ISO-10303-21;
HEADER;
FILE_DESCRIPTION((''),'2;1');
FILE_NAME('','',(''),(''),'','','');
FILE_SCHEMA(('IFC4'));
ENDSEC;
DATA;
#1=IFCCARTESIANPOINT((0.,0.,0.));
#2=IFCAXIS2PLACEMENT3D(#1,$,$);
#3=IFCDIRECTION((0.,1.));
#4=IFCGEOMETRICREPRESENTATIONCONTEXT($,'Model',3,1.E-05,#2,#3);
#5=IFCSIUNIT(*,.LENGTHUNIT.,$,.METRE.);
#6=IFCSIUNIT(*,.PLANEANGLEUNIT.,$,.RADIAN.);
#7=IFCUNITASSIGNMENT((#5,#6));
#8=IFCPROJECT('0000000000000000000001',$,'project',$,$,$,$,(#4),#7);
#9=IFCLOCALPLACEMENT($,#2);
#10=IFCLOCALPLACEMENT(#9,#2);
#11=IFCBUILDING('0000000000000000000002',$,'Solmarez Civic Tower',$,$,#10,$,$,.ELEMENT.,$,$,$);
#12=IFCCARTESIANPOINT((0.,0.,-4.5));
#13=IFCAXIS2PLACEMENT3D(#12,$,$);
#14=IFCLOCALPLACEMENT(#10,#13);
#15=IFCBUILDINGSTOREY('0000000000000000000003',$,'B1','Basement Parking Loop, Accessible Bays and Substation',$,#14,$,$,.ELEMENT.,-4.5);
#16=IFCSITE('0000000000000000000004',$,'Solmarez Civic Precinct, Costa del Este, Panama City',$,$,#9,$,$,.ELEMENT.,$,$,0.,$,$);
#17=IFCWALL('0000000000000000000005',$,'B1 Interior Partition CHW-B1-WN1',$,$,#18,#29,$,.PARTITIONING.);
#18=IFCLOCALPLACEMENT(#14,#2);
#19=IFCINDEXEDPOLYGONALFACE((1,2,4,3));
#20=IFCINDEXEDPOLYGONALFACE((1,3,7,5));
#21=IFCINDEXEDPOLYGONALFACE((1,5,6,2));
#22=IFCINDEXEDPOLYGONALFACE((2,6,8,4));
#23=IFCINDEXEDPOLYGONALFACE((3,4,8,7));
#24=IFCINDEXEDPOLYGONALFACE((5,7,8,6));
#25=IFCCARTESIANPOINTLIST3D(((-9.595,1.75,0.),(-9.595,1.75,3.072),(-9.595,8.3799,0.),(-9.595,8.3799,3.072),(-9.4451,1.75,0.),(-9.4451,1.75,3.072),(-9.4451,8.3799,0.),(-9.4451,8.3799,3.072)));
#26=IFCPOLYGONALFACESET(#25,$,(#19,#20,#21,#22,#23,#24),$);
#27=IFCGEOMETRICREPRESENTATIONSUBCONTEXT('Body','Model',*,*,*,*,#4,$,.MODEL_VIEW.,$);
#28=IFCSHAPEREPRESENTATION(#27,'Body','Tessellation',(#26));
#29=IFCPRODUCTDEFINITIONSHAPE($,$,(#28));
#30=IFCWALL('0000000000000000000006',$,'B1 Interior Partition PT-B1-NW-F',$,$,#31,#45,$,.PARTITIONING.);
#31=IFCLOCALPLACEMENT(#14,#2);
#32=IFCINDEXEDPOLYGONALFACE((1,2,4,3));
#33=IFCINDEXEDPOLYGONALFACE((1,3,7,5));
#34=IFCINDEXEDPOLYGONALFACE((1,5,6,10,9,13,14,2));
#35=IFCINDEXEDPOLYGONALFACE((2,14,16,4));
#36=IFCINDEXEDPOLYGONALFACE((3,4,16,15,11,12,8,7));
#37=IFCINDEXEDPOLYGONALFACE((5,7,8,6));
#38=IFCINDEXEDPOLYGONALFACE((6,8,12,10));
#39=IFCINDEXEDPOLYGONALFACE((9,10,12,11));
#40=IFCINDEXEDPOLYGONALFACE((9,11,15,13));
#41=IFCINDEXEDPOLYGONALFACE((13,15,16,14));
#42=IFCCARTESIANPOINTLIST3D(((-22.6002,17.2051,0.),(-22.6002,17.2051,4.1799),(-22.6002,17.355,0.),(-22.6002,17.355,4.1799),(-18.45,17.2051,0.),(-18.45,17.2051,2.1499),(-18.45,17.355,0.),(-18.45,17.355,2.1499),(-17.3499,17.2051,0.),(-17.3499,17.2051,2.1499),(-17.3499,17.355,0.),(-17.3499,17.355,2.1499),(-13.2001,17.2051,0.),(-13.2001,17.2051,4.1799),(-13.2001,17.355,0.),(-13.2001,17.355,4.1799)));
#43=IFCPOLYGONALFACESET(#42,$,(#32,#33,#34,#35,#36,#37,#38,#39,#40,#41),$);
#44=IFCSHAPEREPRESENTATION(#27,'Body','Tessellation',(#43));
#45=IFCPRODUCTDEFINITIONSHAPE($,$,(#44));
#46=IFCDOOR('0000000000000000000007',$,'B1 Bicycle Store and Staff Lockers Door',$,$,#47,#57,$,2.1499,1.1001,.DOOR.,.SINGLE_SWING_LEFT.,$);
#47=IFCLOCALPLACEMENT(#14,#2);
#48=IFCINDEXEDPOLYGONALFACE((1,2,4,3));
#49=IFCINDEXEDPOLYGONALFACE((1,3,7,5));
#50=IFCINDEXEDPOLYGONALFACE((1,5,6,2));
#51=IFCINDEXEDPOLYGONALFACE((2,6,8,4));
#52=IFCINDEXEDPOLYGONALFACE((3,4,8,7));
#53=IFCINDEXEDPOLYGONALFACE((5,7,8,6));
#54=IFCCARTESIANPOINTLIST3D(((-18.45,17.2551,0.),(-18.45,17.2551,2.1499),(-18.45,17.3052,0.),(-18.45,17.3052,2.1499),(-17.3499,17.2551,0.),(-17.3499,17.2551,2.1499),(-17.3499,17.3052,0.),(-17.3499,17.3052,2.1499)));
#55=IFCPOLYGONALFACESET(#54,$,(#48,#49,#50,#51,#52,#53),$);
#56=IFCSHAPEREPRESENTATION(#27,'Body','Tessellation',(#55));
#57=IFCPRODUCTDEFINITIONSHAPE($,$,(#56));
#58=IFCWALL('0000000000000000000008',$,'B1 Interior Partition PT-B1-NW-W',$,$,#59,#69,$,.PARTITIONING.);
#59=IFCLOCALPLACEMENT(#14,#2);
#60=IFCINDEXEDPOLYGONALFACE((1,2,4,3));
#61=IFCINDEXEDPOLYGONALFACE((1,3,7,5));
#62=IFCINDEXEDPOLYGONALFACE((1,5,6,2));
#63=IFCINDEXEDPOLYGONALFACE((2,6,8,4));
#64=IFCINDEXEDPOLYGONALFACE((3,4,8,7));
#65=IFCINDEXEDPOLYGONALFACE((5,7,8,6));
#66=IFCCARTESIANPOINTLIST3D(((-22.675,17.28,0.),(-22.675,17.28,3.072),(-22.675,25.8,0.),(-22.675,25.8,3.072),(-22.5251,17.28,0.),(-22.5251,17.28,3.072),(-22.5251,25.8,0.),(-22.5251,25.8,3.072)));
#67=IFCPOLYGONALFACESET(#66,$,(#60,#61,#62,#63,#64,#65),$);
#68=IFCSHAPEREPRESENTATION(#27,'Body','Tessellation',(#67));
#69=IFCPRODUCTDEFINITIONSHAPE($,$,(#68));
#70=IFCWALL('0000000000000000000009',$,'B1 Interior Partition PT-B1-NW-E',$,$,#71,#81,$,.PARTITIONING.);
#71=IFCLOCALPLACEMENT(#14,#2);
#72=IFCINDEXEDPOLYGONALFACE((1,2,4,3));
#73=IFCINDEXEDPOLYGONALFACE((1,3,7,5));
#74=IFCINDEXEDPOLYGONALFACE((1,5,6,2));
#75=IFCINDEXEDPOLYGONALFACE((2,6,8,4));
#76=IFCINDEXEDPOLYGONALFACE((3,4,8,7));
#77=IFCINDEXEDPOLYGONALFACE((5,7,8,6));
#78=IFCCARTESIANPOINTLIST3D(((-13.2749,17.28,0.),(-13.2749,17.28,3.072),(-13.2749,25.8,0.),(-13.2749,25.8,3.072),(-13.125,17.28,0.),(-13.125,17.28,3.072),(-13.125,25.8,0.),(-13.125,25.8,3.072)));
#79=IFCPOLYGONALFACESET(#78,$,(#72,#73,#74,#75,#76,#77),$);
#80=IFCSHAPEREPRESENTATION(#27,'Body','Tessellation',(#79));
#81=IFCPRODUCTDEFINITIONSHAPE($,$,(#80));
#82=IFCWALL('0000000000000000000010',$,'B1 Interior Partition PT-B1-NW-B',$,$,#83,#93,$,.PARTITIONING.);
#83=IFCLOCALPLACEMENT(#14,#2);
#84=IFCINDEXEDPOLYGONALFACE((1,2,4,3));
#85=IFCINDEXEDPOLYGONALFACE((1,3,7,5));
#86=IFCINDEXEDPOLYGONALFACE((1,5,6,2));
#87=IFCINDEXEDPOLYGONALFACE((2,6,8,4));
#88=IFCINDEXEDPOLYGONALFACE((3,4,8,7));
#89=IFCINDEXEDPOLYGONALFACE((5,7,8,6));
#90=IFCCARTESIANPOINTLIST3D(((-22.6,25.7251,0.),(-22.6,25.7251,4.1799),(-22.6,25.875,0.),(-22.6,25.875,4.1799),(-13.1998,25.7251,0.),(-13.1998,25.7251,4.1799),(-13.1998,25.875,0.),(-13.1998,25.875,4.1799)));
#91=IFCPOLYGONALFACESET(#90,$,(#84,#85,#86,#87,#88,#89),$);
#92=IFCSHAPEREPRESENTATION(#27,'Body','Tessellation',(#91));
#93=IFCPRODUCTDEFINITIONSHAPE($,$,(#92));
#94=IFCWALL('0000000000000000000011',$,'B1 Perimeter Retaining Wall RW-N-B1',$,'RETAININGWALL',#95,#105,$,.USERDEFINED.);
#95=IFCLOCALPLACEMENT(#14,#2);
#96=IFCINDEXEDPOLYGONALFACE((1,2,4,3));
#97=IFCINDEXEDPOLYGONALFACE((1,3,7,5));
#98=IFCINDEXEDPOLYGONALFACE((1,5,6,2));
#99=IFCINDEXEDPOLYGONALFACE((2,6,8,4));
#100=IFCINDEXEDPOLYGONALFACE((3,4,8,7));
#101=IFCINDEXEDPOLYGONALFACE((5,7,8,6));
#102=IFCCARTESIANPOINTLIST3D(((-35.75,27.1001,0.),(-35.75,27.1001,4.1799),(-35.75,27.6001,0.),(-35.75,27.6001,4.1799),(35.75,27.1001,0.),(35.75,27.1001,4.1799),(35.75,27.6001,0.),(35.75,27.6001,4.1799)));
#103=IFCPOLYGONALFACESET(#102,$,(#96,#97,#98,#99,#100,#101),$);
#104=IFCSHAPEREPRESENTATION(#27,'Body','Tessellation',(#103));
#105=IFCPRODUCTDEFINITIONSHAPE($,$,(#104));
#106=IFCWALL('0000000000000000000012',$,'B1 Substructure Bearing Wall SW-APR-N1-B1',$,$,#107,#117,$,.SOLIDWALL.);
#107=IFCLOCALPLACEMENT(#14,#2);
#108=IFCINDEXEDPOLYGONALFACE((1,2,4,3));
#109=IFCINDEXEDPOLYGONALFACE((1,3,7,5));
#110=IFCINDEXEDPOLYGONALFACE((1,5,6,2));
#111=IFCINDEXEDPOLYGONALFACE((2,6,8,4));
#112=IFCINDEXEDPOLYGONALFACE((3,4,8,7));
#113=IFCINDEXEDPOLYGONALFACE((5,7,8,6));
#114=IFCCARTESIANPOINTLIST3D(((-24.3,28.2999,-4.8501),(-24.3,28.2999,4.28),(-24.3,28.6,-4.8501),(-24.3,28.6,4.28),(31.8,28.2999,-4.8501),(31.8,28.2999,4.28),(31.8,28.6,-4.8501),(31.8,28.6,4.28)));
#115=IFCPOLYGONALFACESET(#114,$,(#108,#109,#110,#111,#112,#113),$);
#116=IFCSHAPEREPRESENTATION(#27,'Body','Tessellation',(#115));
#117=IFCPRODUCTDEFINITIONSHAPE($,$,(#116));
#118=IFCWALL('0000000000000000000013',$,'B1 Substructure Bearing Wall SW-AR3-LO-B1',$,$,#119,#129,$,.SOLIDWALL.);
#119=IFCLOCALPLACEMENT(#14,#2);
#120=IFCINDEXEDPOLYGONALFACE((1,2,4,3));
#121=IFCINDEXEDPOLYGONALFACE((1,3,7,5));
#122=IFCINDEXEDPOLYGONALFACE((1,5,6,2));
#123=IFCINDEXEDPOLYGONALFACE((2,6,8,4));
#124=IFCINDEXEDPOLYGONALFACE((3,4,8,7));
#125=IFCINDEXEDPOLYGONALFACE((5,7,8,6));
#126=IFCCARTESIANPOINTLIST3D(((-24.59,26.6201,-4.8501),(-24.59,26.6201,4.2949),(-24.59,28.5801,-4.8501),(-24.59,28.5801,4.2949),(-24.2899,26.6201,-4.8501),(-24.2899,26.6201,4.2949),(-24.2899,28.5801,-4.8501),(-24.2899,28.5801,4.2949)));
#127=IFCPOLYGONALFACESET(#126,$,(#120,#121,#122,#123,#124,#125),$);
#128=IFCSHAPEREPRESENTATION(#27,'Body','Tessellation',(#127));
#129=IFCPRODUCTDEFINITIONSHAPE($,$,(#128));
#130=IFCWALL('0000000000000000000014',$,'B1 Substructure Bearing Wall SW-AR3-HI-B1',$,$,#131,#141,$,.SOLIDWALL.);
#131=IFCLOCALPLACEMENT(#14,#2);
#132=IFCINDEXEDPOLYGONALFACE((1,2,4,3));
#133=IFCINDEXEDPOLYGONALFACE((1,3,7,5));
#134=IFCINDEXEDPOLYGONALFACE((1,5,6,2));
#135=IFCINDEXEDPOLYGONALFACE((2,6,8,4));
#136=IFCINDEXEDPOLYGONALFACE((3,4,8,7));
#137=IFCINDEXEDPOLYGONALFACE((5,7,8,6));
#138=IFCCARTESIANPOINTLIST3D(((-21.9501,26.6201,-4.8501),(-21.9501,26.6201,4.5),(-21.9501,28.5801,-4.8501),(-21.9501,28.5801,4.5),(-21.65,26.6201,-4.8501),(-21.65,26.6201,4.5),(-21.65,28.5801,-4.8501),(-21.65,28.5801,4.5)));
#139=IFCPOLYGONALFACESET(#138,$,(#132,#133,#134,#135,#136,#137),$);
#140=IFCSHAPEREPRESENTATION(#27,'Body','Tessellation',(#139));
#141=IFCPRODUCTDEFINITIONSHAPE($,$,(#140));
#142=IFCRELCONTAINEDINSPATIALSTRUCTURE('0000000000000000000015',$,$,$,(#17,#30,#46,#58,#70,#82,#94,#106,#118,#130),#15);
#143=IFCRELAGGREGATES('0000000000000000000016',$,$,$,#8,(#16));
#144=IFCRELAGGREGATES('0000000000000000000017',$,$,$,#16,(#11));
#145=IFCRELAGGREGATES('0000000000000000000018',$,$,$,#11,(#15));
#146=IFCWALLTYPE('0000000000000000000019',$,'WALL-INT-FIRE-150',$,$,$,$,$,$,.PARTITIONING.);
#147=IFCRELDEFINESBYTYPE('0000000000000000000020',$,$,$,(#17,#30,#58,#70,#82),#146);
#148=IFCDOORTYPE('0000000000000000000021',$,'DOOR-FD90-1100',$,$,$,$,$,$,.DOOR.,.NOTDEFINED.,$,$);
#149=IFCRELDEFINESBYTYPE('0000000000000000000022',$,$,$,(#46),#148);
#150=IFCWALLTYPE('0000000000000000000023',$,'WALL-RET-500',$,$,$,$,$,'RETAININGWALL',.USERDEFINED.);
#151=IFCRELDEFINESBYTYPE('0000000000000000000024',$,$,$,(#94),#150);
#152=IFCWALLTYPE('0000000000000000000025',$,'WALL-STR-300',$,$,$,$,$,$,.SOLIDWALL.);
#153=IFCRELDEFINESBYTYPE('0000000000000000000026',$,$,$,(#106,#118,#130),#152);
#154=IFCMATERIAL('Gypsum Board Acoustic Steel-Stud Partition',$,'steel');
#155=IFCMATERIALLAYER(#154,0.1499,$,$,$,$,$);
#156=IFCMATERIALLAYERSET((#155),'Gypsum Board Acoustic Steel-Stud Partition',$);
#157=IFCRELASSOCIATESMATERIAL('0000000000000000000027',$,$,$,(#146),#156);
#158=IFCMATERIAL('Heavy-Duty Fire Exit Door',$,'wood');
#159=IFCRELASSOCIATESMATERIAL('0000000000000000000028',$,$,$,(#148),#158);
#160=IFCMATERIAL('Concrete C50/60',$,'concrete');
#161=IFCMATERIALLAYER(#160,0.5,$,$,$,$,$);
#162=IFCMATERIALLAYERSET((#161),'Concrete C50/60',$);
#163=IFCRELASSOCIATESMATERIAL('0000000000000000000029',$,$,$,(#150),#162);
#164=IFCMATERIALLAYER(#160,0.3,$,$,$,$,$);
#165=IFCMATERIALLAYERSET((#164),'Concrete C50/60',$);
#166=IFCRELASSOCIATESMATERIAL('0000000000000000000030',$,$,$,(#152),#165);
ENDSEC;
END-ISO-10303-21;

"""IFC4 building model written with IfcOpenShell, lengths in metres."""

from ifc_helpers import new_model, si_unit, direction, frame, frame_2d, origin, place, context, subcontext, project, spatial, rectangle, extrude, material, layer, layer_set, type_object, element, fill, save


model = new_model("IFC4")

# Units and contexts
model_context = context("Model", 3, precision=1e-05, world=origin(), true_north=direction((0.0, 1.0)))
body_context = subcontext(model_context, "Body", "Model", "MODEL_VIEW")
ifc_project = project(units=[si_unit("LENGTHUNIT", "METRE"), si_unit("PLANEANGLEUNIT", "RADIAN")], contexts=[model_context])

# Site, building, storey
site_placement = place(None, origin())
site = spatial("IfcSite", under=ifc_project, at=site_placement, Name="Solmarez Civic Precinct, Costa del Este, Panama City", CompositionType="ELEMENT", RefElevation=0.0)
building_placement = place(site_placement, origin())
building = spatial("IfcBuilding", under=site, at=building_placement, Name="Solmarez Civic Tower", CompositionType="ELEMENT")
storey_placement = place(building_placement, frame((0.0, 0.0, -4.5)))
storey = spatial("IfcBuildingStorey", under=building, at=storey_placement, Name="B1", Description="Basement Parking Loop, Accessible Bays and Substation", CompositionType="ELEMENT", Elevation=-4.5)

# Shared definitions
ifc_material_1 = material(Name="Concrete C50/60", Category="concrete")

# Wall
ifc_material_2 = material(Name="Gypsum Board Acoustic Steel-Stud Partition", Category="steel")
ifc_layer_1 = layer(ifc_material_2, 0.1499)
ifc_layer_set_1 = layer_set([ifc_layer_1], Name="Gypsum Board Acoustic Steel-Stud Partition")
wall_type_1 = type_object("IfcWallType", Name="WALL-INT-FIRE-150", PredefinedType="PARTITIONING", material=ifc_layer_set_1)
wall_1_placement = place(storey_placement, frame((-9.52, 1.75, 0.0), z_axis=(0.0, 0.0, 1.0), x_axis=(0.0, 1.0, 0.0)))
element("IfcWall", 1, at=wall_1_placement, inside=storey, type_object=wall_type_1, Name="B1 Interior Partition CHW-B1-WN1", PredefinedType="PARTITIONING", context=body_context, shape_type="SweptSolid", body=[
    extrude(rectangle(XDim=6.6299, YDim=0.1499, at=frame_2d((3.3149, 0.0))), origin(), (0.0, 0.0, 1.0), 3.072),
])

# Wall, opening, door
wall_2_placement = place(storey_placement, frame((-13.2, 17.28, 0.0), z_axis=(0.0, 0.0, 1.0), x_axis=(-1.0, 0.0, 0.0)))
wall_2 = element("IfcWall", 2, at=wall_2_placement, inside=storey, type_object=wall_type_1, Name="B1 Interior Partition PT-B1-NW-F", PredefinedType="PARTITIONING", context=body_context, shape_type="SweptSolid", body=[
    extrude(rectangle(XDim=9.4001, YDim=0.1499, at=frame_2d((4.7002, 0.0))), origin(), (0.0, 0.0, 1.0), 4.1799),
])
opening_placement = place(wall_2_placement, frame((4.1499, 0.0, 0.0)))
opening = element("IfcOpeningElement", 3, at=opening_placement, cuts=wall_2, PredefinedType="OPENING", context=body_context, shape_type="SweptSolid", body=[
    extrude(rectangle(XDim=1.1001, YDim=2.1499, at=frame_2d((0.55, 1.075))), frame((0.0, 0.085, 0.0), z_axis=(0.0, -1.0, 0.0), x_axis=(1.0, 0.0, 0.0)), (0.0, 0.0, 1.0), 0.1699),
])
ifc_material_3 = material(Name="Heavy-Duty Fire Exit Door", Category="wood")
door_type = type_object("IfcDoorType", Name="DOOR-FD90-1100", OperationType="NOTDEFINED", PredefinedType="DOOR", material=ifc_material_3)
door_placement = place(opening_placement, origin())
door = element("IfcDoor", 4, at=door_placement, inside=storey, type_object=door_type, Name="B1 Bicycle Store and Staff Lockers Door", OperationType="SINGLE_SWING_LEFT", OverallHeight=2.1499, OverallWidth=1.1001, PredefinedType="DOOR", context=body_context, shape_type="SweptSolid", body=[
    extrude(rectangle(XDim=1.1001, YDim=2.1499, at=frame_2d((0.55, 1.075))), frame((0.0, 0.0249, 0.0), z_axis=(0.0, -1.0, 0.0), x_axis=(1.0, 0.0, 0.0)), (0.0, 0.0, 1.0), 0.05),
])
fill(opening, door)

# Walls
for number, where, z_axis, x_axis, name in (
    (5, (-22.6001, 17.28, 0.0), (0.0, 0.0, 1.0), (0.0, 1.0, 0.0), "B1 Interior Partition PT-B1-NW-W"),
    (6, (-13.2, 17.28, 0.0), (0.0, 0.0, 1.0), (0.0, 1.0, 0.0), "B1 Interior Partition PT-B1-NW-E"),
):
    element("IfcWall", number, at=place(storey_placement, frame(where, z_axis=z_axis, x_axis=x_axis)), inside=storey, type_object=wall_type_1, Name=name, PredefinedType="PARTITIONING", context=body_context, shape_type="SweptSolid", body=[
        extrude(rectangle(XDim=8.52, YDim=0.1499, at=frame_2d((4.26, 0.0))), origin(), (0.0, 0.0, 1.0), 3.072),
    ])
wall_3_placement = place(storey_placement, frame((-22.6001, 25.8, 0.0), z_axis=(0.0, 0.0, 1.0), x_axis=(1.0, 0.0, 0.0)))
element("IfcWall", 7, at=wall_3_placement, inside=storey, type_object=wall_type_1, Name="B1 Interior Partition PT-B1-NW-B", PredefinedType="PARTITIONING", context=body_context, shape_type="SweptSolid", body=[
    extrude(rectangle(XDim=9.4001, YDim=0.1499, at=frame_2d((4.7002, 0.0))), origin(), (0.0, 0.0, 1.0), 4.1799),
])
ifc_layer_2 = layer(ifc_material_1, 0.5)
ifc_layer_set_2 = layer_set([ifc_layer_2], Name="Concrete C50/60")
wall_type_2 = type_object("IfcWallType", Name="WALL-RET-500", ElementType="RETAININGWALL", PredefinedType="USERDEFINED", material=ifc_layer_set_2)
wall_4_placement = place(storey_placement, frame((-35.75, 27.3501, 0.0), z_axis=(0.0, 0.0, 1.0), x_axis=(1.0, 0.0, 0.0)))
element("IfcWall", 8, at=wall_4_placement, inside=storey, type_object=wall_type_2, Name="B1 Perimeter Retaining Wall RW-N-B1", ObjectType="RETAININGWALL", PredefinedType="USERDEFINED", context=body_context, shape_type="SweptSolid", body=[
    extrude(rectangle(XDim=71.5, YDim=0.5, at=frame_2d((35.75, 0.0))), origin(), (0.0, 0.0, 1.0), 4.1799),
])
ifc_layer_3 = layer(ifc_material_1, 0.3)
ifc_layer_set_3 = layer_set([ifc_layer_3], Name="Concrete C50/60")
wall_type_3 = type_object("IfcWallType", Name="WALL-STR-300", PredefinedType="SOLIDWALL", material=ifc_layer_set_3)
wall_5_placement = place(storey_placement, frame((-24.3, 28.45, -4.8501), z_axis=(0.0, 0.0, 1.0), x_axis=(1.0, 0.0, 0.0)))
element("IfcWall", 9, at=wall_5_placement, inside=storey, type_object=wall_type_3, Name="B1 Substructure Bearing Wall SW-APR-N1-B1", PredefinedType="SOLIDWALL", context=body_context, shape_type="SweptSolid", body=[
    extrude(rectangle(XDim=56.1001, YDim=0.3, at=frame_2d((28.05, 0.0))), origin(), (0.0, 0.0, 1.0), 9.1301),
])
wall_6_placement = place(storey_placement, frame((-24.4399, 26.6201, -4.8501), z_axis=(0.0, 0.0, 1.0), x_axis=(0.0, 1.0, 0.0)))
element("IfcWall", 10, at=wall_6_placement, inside=storey, type_object=wall_type_3, Name="B1 Substructure Bearing Wall SW-AR3-LO-B1", PredefinedType="SOLIDWALL", context=body_context, shape_type="SweptSolid", body=[
    extrude(rectangle(XDim=1.96, YDim=0.3, at=frame_2d((0.98, 0.0))), origin(), (0.0, 0.0, 1.0), 9.145),
])
wall_7_placement = place(storey_placement, frame((-21.8, 26.6201, -4.8501), z_axis=(0.0, 0.0, 1.0), x_axis=(0.0, 1.0, 0.0)))
element("IfcWall", 11, at=wall_7_placement, inside=storey, type_object=wall_type_3, Name="B1 Substructure Bearing Wall SW-AR3-HI-B1", PredefinedType="SOLIDWALL", context=body_context, shape_type="SweptSolid", body=[
    extrude(rectangle(XDim=1.96, YDim=0.3, at=frame_2d((0.98, 0.0))), origin(), (0.0, 0.0, 1.0), 9.3501),
])

save(model, "model.ifc")
